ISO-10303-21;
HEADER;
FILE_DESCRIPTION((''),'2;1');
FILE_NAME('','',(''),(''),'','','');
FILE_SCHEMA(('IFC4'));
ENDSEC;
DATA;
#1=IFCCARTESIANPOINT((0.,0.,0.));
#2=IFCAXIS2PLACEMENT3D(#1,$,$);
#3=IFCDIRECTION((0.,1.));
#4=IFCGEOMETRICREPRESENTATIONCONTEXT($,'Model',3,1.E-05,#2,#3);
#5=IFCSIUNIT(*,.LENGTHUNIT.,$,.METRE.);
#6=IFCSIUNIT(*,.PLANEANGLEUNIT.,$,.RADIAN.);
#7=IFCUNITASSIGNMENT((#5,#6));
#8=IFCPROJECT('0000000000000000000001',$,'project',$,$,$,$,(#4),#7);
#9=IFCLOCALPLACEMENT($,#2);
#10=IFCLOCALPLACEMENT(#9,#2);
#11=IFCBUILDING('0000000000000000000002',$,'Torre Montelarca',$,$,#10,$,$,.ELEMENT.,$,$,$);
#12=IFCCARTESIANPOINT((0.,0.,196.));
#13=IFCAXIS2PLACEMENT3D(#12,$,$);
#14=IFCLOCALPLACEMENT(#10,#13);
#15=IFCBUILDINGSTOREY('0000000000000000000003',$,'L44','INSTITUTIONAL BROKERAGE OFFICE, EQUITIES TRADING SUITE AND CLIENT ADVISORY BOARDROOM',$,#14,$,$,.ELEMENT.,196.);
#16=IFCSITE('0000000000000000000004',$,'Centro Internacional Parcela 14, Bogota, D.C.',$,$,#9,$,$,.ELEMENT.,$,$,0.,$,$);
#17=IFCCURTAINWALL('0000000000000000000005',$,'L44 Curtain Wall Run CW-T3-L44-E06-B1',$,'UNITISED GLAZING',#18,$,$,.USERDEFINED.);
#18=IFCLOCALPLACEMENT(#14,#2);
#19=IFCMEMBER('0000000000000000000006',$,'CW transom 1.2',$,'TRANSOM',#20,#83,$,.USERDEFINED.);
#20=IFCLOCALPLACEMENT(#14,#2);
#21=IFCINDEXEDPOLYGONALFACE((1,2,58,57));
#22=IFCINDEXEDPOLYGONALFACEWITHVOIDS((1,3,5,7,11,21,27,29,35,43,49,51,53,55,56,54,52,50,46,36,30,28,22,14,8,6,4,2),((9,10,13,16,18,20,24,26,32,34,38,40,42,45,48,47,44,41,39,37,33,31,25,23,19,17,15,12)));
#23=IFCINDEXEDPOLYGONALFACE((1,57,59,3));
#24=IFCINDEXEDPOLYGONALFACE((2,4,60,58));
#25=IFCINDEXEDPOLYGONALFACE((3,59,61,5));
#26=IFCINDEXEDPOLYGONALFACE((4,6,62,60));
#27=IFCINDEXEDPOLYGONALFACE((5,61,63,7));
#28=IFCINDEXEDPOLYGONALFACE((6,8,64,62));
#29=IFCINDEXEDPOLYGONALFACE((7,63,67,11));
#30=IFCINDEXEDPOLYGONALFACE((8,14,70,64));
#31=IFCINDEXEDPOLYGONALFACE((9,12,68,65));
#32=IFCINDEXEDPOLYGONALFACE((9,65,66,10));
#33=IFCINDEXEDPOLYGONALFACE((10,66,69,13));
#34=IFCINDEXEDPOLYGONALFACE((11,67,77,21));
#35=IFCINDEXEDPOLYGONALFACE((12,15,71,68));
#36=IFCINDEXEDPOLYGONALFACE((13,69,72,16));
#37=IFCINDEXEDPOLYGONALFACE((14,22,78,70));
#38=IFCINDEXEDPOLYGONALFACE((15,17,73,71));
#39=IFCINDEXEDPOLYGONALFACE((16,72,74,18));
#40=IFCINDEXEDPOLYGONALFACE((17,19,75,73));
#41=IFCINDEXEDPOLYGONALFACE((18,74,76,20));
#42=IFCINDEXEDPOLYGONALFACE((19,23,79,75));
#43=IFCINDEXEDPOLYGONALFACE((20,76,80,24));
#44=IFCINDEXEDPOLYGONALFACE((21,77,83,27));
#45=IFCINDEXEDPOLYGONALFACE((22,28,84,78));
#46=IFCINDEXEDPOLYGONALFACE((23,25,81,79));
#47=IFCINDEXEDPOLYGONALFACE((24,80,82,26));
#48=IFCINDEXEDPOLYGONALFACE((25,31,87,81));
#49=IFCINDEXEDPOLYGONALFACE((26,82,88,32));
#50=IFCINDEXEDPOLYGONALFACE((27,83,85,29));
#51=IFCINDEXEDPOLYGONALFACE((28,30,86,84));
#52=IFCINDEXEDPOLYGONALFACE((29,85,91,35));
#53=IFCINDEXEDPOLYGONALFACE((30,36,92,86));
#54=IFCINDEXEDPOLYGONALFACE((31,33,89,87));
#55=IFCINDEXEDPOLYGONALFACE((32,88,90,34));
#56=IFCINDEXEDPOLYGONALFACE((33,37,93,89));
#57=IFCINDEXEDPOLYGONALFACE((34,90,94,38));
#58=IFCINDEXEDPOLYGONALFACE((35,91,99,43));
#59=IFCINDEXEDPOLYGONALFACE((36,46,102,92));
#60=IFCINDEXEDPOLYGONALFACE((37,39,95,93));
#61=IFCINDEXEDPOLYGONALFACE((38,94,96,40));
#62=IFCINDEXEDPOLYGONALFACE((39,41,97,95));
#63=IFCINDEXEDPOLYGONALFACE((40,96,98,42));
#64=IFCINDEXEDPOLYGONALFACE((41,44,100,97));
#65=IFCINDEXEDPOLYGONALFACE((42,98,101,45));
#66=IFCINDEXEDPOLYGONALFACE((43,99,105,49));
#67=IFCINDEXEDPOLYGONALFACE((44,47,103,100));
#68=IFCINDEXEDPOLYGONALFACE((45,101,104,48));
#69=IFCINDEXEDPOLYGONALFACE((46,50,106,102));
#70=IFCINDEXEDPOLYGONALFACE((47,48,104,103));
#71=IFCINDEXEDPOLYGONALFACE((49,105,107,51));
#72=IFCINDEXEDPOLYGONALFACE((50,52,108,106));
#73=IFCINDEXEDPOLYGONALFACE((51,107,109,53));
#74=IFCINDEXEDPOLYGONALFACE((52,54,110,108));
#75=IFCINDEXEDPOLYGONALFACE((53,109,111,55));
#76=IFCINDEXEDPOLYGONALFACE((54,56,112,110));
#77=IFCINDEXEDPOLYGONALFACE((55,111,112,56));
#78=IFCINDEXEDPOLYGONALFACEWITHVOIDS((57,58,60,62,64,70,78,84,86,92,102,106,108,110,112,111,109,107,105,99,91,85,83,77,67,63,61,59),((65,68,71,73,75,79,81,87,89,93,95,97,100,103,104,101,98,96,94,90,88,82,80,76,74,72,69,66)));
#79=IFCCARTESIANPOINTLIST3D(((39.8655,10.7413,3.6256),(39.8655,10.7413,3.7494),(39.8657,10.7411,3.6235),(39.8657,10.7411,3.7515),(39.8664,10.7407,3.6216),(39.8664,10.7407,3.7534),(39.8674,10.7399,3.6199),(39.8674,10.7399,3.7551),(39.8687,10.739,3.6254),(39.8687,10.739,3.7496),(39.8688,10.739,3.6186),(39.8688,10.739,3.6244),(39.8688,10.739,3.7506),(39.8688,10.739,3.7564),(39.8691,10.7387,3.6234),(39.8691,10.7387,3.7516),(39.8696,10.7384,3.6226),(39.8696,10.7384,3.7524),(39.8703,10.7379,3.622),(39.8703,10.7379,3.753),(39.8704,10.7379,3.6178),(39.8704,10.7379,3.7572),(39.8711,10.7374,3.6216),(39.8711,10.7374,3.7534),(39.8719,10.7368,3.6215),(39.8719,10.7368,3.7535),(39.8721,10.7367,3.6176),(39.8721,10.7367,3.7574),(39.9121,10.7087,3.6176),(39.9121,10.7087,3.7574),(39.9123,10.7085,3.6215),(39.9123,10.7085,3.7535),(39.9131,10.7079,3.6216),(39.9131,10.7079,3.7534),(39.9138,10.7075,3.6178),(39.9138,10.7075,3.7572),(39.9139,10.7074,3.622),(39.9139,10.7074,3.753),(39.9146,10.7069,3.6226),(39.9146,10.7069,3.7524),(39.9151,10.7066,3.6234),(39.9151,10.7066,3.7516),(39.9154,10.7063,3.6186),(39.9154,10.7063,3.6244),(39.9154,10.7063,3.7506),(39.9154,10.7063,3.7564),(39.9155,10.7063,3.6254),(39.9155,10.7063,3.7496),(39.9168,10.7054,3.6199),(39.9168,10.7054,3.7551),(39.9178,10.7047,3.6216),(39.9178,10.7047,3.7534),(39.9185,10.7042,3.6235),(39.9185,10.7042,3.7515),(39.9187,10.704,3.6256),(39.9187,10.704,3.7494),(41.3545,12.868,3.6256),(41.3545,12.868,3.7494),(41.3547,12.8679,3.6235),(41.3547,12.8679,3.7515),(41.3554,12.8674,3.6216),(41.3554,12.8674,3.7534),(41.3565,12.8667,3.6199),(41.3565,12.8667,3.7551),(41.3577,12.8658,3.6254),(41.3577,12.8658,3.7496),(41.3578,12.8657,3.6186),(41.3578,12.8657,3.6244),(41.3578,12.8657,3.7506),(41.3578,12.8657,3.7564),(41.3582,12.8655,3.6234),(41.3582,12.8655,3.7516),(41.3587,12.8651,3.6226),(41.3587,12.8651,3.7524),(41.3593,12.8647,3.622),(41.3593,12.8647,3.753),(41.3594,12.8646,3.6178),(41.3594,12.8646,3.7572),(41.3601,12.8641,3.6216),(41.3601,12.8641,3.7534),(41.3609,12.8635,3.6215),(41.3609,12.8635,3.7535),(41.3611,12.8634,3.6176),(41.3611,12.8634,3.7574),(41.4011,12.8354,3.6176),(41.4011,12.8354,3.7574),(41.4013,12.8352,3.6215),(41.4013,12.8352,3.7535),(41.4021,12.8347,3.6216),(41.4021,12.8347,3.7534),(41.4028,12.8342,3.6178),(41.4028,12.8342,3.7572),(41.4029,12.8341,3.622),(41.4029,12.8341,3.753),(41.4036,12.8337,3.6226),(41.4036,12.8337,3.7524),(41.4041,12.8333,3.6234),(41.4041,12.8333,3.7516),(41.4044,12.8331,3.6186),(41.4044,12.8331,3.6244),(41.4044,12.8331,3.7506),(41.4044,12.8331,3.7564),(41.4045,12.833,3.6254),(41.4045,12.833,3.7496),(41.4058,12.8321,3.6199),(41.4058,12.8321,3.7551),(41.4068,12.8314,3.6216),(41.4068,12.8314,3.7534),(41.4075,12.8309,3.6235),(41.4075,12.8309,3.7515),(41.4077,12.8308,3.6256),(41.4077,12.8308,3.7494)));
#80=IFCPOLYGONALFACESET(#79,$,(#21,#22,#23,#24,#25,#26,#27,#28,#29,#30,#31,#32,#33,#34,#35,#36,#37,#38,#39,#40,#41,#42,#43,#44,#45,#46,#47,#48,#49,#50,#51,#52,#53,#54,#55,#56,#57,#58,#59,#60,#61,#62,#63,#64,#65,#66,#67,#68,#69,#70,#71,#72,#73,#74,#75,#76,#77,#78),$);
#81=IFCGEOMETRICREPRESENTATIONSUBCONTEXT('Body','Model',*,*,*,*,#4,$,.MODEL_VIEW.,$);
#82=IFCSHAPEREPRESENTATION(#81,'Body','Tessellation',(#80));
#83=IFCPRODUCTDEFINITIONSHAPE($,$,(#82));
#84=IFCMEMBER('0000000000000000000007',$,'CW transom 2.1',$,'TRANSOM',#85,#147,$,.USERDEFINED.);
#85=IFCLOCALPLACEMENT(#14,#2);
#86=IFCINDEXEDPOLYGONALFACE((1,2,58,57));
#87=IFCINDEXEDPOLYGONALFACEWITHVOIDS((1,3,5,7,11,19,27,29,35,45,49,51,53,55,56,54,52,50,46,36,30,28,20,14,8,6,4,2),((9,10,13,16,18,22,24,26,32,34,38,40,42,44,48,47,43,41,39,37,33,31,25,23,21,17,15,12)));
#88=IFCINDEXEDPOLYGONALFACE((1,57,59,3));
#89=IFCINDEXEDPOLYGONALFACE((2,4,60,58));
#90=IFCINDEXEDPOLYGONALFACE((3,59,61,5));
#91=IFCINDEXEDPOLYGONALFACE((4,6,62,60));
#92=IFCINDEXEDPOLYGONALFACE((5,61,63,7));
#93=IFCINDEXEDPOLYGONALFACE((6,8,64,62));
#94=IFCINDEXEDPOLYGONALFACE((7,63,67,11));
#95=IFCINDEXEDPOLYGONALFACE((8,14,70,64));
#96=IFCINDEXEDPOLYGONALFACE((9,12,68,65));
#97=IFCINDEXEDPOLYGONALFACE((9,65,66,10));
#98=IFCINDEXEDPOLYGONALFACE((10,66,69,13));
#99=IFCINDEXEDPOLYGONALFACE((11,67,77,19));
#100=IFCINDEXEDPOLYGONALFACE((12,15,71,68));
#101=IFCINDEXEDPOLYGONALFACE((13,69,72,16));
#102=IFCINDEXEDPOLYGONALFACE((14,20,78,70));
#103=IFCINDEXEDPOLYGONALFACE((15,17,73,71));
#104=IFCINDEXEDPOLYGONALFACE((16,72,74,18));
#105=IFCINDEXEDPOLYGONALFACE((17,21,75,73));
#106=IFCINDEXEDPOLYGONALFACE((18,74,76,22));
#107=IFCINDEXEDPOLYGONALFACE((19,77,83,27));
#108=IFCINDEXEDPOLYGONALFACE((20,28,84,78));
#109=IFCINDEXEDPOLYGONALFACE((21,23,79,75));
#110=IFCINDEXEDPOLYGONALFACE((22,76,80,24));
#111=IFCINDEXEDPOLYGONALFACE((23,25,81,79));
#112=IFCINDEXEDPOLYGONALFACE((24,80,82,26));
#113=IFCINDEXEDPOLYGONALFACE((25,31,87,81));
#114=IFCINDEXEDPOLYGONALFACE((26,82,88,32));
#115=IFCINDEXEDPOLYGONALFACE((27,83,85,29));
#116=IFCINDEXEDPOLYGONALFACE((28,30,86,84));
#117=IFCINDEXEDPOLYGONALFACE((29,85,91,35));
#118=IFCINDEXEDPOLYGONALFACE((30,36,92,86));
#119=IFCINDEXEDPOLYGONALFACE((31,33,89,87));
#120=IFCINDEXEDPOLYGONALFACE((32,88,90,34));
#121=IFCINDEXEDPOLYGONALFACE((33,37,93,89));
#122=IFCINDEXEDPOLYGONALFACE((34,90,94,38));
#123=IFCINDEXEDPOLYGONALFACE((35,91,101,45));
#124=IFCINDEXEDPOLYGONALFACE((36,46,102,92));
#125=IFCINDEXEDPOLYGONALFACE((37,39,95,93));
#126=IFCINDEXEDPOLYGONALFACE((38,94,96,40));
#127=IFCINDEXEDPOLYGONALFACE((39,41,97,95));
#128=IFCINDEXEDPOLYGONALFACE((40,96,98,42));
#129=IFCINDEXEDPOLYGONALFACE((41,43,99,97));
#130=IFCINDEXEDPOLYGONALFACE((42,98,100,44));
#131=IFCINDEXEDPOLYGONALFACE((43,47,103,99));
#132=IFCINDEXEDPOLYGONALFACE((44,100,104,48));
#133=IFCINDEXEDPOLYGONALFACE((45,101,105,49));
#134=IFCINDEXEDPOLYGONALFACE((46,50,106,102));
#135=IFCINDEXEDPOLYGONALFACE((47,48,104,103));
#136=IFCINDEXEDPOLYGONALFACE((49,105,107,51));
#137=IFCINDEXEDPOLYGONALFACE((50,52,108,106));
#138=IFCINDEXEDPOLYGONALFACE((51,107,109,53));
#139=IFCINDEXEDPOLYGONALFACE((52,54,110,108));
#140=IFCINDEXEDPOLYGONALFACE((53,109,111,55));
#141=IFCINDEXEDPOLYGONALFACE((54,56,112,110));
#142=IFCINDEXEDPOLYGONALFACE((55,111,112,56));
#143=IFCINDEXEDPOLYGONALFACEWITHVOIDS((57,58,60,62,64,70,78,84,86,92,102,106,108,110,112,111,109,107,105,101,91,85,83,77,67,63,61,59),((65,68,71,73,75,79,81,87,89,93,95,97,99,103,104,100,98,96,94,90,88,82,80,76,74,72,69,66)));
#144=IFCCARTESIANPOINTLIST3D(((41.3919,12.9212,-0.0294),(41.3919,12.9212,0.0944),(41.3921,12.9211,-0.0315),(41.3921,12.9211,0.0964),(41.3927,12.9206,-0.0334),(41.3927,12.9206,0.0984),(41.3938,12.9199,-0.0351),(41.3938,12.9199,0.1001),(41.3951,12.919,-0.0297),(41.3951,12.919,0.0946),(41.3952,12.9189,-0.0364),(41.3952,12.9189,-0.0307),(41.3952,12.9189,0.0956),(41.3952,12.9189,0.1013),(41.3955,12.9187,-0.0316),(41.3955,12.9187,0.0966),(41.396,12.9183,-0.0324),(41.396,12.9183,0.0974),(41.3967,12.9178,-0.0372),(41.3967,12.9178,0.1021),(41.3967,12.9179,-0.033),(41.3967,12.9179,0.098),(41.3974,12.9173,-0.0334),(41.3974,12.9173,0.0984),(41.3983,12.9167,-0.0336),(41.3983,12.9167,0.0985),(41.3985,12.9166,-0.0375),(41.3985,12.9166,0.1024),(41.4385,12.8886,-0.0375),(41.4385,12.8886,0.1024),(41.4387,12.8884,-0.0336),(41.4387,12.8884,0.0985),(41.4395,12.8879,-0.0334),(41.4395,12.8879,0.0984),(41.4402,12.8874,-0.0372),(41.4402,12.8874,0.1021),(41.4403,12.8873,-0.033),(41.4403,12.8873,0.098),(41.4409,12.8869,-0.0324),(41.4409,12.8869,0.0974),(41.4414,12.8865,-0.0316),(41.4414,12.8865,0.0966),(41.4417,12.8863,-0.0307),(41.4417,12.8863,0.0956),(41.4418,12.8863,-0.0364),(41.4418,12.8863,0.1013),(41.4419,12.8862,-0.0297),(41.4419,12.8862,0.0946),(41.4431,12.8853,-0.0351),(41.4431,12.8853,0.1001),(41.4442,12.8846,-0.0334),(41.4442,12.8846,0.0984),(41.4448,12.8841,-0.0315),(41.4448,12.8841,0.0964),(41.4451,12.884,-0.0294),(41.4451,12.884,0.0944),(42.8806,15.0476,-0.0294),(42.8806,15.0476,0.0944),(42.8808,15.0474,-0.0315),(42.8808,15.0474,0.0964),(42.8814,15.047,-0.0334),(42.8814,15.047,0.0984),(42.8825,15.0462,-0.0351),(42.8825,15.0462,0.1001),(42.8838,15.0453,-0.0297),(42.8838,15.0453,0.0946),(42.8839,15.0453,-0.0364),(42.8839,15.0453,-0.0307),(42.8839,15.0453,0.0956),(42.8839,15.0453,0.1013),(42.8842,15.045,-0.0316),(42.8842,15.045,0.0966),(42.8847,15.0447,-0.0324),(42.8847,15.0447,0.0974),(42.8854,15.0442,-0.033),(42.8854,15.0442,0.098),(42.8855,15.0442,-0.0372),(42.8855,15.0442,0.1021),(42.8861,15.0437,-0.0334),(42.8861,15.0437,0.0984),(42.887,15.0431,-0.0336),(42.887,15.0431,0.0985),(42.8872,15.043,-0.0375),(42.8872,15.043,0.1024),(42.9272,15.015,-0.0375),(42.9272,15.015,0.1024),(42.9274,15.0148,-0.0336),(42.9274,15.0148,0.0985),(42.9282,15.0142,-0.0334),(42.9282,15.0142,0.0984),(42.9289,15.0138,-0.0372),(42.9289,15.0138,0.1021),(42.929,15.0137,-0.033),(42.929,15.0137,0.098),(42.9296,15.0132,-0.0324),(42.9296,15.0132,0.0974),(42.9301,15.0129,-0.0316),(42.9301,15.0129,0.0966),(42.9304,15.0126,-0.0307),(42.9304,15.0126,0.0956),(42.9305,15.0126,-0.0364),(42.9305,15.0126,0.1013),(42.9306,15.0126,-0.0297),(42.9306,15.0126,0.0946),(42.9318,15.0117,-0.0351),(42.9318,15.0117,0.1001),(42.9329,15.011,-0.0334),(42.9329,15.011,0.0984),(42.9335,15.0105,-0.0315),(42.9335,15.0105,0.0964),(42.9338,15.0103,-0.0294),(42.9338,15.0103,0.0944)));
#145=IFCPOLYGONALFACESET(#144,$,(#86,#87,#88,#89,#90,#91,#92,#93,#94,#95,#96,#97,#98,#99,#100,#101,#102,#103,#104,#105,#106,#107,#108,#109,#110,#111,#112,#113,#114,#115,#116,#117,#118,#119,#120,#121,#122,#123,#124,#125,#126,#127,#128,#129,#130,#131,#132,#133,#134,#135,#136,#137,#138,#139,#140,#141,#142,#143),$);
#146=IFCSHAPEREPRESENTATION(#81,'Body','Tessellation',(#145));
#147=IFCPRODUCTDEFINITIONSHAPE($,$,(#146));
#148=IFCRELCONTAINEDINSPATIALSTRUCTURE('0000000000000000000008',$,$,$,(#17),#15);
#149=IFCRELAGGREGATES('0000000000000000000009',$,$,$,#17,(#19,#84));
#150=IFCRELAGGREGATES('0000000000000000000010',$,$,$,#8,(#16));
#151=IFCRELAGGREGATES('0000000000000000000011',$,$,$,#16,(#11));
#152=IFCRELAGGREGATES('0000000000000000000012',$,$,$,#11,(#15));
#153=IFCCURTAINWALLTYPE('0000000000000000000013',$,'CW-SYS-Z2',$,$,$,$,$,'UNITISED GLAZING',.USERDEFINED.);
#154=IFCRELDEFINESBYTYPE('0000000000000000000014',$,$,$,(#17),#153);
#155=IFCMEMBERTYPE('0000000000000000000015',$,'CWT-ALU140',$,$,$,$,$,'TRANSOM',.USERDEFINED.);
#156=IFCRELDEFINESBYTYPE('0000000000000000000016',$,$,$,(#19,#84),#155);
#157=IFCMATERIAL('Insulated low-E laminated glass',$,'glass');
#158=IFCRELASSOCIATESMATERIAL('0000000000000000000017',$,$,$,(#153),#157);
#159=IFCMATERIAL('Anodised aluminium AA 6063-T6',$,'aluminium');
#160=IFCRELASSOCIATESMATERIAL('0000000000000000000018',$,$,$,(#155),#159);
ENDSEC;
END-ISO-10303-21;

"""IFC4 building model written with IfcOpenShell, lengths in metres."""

from ifc_helpers import new_model, si_unit, direction, frame, origin, origin_2d, place, context, subcontext, project, spatial, hollow_rectangle, extrude, source, transform, mapped, material, material_profile, profile_set, type_object, element, aggregate, save


model = new_model("IFC4")

# Units and contexts
model_context = context("Model", 3, precision=1e-05, world=origin(), true_north=direction((0.0, 1.0)))
body_context = subcontext(model_context, "Body", "Model", "MODEL_VIEW")
ifc_project = project(units=[si_unit("LENGTHUNIT", "METRE"), si_unit("PLANEANGLEUNIT", "RADIAN")], contexts=[model_context])

# Site, building, storey
site_placement = place(None, origin())
site = spatial("IfcSite", under=ifc_project, at=site_placement, Name="Centro Internacional Parcela 14, Bogota, D.C.", CompositionType="ELEMENT", RefElevation=0.0)
building_placement = place(site_placement, origin())
building = spatial("IfcBuilding", under=site, at=building_placement, Name="Torre Montelarca", CompositionType="ELEMENT")
storey_placement = place(building_placement, frame((0.0, 0.0, 196.0)))
storey = spatial("IfcBuildingStorey", under=building, at=storey_placement, Name="L44", Description="INSTITUTIONAL BROKERAGE OFFICE, EQUITIES TRADING SUITE AND CLIENT ADVISORY BOARDROOM", CompositionType="ELEMENT", Elevation=196.0)

# Shared definitions
ifc_material_1 = material(Name="Insulated low-E laminated glass", Category="glass")
curtain_wall_type = type_object("IfcCurtainWallType", Name="CW-SYS-Z2", ElementType="UNITISED GLAZING", PredefinedType="USERDEFINED", material=ifc_material_1)
ifc_material_2 = material(Name="Anodised aluminium AA 6063-T6", Category="aluminium")
ifc_material_profile_1 = material_profile(ifc_material_2, hollow_rectangle(XDim=0.0649, YDim=0.1399, WallThickness=0.0039, InnerFilletRadius=0.0039, OuterFilletRadius=0.0081, at=origin_2d()), Name="ALU65X140X4", Category="aluminium")
ifc_profile_set_1 = profile_set([ifc_material_profile_1], Name="Anodised aluminium AA 6063-T6")
member_type_1 = type_object("IfcMemberType", Name="CWT-ALU140", ElementType="TRANSOM", PredefinedType="USERDEFINED", material=ifc_profile_set_1)

# Curtain wall
curtain_wall_1_placement = place(storey_placement, origin())
curtain_wall_1 = element("IfcCurtainWall", 1, at=curtain_wall_1_placement, inside=storey, type_object=curtain_wall_type, Name="L44 Curtain Wall Run CW-T3-L44-E06-B1", ObjectType="UNITISED GLAZING", PredefinedType="USERDEFINED")

# Members
shared_shape_1 = source(origin(), body_context, "Body", "SweptSolid", [
    extrude(hollow_rectangle(XDim=0.0649, YDim=0.1399, WallThickness=0.0039, InnerFilletRadius=0.0039, OuterFilletRadius=0.0081, at=origin_2d()), origin(), (0.0, 0.0, 1.0), 2.5962),
])
member_1_placement = place(storey_placement, frame((39.8921, 10.7227, 3.6875), z_axis=(0.573544, 0.819174, 0.0), x_axis=(-0.819174, 0.573544, 0.0)))
member_1 = element("IfcMember", 2, at=member_1_placement, type_object=member_type_1, Name="CW transom 1.2", ObjectType="TRANSOM", PredefinedType="USERDEFINED", context=body_context, shape_type="MappedRepresentation", body=[
    mapped(shared_shape_1, transform((0.0, 0.0, 0.0), scale=1.0)),
])
shared_shape_2 = source(origin(), body_context, "Body", "SweptSolid", [
    extrude(hollow_rectangle(XDim=0.0649, YDim=0.1399, WallThickness=0.0039, InnerFilletRadius=0.0039, OuterFilletRadius=0.0081, at=origin_2d()), origin(), (0.0, 0.0, 1.0), 2.5957),
])
member_2_placement = place(storey_placement, frame((41.4185, 12.9026, 0.0325), z_axis=(0.573525, 0.819188, 0.0), x_axis=(-0.819188, 0.573525, 0.0)))
member_2 = element("IfcMember", 3, at=member_2_placement, type_object=member_type_1, Name="CW transom 2.1", ObjectType="TRANSOM", PredefinedType="USERDEFINED", context=body_context, shape_type="MappedRepresentation", body=[
    mapped(shared_shape_2, transform((0.0, 0.0, 0.0), scale=1.0)),
])

aggregate(curtain_wall_1, [member_1, member_2])

save(model, "model.ifc")
